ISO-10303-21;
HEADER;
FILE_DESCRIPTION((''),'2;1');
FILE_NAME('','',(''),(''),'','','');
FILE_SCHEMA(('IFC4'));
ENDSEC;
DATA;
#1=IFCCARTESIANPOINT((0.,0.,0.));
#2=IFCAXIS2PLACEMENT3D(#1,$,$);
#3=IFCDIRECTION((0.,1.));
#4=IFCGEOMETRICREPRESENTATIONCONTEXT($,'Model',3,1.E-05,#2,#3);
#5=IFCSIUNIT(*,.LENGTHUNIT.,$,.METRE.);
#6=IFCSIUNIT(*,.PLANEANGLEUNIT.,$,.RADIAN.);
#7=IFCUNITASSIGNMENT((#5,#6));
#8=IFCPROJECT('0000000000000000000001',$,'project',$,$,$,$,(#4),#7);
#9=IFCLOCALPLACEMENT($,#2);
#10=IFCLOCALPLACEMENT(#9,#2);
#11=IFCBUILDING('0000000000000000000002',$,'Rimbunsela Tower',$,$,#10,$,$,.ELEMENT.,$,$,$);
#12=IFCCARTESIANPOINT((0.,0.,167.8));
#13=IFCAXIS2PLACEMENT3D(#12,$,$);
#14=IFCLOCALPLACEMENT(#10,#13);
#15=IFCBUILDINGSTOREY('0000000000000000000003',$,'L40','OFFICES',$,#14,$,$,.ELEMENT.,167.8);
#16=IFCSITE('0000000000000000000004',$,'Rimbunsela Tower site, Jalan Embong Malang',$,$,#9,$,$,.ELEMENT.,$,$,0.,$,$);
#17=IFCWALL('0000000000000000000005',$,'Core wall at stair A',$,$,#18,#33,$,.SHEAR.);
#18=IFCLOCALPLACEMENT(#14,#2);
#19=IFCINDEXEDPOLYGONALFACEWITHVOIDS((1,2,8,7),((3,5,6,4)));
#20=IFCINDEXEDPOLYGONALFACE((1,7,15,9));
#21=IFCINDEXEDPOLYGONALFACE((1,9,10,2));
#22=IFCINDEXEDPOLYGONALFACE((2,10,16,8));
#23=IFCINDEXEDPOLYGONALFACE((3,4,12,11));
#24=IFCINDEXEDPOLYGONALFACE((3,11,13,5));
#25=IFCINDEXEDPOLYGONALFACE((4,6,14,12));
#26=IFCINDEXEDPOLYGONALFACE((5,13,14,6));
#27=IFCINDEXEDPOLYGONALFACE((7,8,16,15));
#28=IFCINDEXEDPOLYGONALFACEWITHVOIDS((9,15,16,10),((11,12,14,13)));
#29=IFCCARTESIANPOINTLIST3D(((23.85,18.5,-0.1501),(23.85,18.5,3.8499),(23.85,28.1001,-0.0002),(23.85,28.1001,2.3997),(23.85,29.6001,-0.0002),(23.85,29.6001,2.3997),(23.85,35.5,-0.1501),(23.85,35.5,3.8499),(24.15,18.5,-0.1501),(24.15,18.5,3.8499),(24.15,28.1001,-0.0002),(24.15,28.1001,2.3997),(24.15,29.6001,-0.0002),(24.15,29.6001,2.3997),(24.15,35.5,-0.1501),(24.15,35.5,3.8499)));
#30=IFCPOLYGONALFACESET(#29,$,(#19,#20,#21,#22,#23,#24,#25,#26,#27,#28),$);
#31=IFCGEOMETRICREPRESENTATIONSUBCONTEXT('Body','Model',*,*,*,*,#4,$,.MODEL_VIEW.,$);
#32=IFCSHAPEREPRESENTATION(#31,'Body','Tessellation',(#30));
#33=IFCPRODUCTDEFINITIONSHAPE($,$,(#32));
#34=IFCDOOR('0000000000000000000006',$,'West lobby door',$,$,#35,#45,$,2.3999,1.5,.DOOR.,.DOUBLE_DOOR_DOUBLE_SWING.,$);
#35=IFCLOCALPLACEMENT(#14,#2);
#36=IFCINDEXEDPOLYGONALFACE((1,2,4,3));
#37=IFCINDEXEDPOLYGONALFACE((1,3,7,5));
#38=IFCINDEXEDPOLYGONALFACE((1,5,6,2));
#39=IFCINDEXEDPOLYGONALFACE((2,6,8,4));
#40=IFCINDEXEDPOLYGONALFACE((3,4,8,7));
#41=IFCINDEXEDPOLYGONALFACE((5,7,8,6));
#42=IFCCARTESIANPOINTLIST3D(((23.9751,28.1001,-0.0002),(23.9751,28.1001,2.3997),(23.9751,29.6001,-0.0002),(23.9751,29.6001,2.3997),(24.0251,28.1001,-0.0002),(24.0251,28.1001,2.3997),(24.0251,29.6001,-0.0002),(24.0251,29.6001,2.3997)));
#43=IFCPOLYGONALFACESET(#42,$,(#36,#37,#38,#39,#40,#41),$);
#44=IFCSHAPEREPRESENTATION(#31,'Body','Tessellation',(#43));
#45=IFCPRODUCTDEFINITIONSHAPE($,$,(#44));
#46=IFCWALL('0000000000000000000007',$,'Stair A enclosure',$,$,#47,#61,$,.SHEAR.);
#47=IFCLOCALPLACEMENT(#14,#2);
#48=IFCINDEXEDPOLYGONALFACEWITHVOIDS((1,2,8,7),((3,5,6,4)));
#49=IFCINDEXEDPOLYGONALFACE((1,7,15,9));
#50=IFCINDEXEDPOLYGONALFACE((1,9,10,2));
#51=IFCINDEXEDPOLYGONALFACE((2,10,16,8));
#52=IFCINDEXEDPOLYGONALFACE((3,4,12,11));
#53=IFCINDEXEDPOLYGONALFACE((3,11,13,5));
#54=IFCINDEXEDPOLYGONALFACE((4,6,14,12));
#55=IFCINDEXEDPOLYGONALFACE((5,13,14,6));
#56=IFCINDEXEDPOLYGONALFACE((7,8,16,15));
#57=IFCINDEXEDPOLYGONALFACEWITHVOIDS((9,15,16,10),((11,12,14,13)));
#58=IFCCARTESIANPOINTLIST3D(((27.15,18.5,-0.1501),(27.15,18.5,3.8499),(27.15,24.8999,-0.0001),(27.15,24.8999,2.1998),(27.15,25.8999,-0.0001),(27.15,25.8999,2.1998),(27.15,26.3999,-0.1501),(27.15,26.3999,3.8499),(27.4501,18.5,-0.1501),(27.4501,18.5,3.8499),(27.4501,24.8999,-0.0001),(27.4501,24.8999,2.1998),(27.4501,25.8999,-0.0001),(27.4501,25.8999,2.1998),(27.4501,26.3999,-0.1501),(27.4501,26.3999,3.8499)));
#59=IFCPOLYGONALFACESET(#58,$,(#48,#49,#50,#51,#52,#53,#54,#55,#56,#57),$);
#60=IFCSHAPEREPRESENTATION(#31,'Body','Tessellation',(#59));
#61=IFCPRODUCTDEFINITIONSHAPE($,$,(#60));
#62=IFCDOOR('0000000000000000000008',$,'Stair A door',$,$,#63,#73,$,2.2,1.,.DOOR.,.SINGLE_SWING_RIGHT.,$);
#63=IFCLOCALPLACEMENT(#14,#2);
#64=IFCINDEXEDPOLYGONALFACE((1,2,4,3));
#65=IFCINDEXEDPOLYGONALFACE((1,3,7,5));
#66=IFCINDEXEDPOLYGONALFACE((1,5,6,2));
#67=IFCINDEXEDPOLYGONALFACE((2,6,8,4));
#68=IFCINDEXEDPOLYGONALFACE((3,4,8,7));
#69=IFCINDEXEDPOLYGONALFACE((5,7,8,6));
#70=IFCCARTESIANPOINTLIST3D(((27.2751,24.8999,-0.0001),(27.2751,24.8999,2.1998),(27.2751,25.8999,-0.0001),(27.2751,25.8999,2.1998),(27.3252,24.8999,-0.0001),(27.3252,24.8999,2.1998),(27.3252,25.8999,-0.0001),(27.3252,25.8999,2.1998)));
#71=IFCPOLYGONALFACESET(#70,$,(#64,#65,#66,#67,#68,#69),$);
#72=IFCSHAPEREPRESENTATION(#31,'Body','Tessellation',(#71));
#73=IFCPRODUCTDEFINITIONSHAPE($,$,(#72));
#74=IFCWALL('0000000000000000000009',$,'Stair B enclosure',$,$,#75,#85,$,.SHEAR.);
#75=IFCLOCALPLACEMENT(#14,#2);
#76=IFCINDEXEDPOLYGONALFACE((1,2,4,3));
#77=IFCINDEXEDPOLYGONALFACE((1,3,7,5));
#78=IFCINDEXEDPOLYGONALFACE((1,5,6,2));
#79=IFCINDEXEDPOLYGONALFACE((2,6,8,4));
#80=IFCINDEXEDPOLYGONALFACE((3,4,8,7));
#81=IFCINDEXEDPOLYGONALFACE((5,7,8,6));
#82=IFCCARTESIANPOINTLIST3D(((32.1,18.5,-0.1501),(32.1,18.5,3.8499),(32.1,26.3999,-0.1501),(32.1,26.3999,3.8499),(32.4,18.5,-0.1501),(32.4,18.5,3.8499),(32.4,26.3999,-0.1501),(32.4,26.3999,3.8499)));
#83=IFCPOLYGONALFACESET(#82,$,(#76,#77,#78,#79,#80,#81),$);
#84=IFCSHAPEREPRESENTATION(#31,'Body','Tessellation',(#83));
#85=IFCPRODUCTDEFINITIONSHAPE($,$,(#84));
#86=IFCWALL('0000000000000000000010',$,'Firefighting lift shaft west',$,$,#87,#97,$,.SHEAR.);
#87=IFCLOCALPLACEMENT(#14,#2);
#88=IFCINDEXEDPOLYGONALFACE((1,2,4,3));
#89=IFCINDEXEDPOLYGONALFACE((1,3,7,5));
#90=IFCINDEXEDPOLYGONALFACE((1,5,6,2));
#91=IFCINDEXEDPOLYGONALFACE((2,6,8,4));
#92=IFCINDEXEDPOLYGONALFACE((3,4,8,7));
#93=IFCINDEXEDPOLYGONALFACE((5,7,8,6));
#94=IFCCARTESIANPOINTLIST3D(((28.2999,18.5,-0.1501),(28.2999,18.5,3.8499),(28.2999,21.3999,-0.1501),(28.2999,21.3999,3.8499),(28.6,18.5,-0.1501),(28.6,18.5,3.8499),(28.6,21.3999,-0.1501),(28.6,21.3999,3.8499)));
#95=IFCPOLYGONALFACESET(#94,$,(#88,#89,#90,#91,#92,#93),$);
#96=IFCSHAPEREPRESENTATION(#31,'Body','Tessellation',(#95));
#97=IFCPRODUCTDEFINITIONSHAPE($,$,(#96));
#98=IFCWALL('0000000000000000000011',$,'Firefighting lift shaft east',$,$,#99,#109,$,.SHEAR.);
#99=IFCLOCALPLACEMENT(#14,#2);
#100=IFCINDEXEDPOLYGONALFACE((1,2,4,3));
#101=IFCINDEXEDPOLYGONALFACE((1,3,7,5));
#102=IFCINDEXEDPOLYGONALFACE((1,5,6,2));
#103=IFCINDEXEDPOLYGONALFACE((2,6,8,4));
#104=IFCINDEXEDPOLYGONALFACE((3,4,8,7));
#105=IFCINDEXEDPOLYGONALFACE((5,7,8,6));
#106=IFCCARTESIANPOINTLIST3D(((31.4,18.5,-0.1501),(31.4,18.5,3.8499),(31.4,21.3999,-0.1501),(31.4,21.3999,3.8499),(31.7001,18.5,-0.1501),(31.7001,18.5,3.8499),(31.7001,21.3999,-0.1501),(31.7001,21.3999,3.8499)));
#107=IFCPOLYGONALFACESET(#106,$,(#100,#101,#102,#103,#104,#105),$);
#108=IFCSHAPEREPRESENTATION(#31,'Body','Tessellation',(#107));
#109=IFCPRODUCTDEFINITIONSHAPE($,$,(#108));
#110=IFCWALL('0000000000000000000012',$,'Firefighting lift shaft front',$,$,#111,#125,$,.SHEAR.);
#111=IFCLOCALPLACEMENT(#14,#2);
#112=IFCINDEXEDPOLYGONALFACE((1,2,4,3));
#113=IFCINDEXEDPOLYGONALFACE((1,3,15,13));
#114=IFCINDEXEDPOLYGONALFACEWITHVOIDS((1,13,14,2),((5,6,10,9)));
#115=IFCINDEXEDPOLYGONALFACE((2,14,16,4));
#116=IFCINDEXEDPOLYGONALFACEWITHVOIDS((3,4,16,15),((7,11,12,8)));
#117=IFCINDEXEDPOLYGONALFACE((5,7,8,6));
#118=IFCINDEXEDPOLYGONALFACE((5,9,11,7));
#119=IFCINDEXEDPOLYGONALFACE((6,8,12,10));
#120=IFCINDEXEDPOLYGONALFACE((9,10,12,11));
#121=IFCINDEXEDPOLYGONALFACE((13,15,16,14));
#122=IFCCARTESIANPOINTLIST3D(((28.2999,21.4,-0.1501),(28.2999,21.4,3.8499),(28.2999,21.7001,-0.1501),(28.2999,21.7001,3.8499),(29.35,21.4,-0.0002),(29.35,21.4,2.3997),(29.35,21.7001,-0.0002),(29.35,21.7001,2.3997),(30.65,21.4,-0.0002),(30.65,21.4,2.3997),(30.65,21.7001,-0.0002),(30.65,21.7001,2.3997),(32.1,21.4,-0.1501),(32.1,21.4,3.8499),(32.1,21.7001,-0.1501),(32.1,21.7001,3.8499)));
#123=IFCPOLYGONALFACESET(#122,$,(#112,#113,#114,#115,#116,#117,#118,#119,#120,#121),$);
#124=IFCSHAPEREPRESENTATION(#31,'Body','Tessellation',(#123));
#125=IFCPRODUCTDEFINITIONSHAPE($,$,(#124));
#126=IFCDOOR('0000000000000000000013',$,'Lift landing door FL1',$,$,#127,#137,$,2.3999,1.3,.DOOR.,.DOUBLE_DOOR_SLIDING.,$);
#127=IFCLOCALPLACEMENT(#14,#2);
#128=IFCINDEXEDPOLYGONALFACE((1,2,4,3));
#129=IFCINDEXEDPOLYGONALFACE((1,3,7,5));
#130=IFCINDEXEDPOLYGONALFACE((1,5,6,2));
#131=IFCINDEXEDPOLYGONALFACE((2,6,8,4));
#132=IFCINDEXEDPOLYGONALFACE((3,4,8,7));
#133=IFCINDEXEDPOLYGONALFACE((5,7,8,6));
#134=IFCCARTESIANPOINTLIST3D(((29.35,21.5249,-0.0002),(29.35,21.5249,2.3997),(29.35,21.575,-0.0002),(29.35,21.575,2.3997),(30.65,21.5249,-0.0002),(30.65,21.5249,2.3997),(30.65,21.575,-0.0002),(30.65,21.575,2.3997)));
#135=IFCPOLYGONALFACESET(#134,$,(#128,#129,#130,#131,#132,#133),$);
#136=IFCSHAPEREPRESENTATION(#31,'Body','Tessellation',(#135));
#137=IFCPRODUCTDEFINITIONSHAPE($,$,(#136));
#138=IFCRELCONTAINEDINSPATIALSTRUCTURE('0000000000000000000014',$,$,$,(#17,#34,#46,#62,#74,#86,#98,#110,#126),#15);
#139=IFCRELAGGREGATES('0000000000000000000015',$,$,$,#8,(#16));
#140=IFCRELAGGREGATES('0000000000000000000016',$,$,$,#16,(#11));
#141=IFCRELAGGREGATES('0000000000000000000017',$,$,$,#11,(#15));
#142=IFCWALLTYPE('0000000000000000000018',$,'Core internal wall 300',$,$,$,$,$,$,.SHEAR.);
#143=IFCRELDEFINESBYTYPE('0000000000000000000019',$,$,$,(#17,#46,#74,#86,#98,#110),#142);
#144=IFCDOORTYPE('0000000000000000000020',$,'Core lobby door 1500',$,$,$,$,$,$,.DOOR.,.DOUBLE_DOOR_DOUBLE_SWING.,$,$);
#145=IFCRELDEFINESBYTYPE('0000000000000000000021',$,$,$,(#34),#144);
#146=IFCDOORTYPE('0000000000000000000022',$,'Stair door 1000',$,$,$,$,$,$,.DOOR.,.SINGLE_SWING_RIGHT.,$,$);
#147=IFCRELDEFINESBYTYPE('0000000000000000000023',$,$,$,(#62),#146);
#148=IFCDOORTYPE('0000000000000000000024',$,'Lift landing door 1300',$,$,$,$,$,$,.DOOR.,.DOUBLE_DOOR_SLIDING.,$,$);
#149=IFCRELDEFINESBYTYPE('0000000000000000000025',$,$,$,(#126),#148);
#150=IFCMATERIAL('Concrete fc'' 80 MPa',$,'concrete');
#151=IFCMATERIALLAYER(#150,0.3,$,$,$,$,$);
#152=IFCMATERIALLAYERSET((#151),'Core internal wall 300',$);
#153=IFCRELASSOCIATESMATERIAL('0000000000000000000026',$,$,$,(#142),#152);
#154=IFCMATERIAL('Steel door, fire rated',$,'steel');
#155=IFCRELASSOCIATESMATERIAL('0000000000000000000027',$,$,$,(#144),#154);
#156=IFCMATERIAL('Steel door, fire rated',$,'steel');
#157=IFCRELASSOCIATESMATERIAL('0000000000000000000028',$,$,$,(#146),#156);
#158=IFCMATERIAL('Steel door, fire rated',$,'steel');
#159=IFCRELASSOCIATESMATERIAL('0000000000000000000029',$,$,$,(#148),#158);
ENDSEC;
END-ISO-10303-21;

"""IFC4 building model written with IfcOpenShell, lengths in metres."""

from ifc_helpers import new_model, si_unit, direction, frame, frame_2d, origin, place, context, subcontext, project, spatial, rectangle, extrude, material, layer, layer_set, type_object, element, fill, save


model = new_model("IFC4")

# Units and contexts
model_context = context("Model", 3, precision=1e-05, world=origin(), true_north=direction((0.0, 1.0)))
body_context = subcontext(model_context, "Body", "Model", "MODEL_VIEW")
ifc_project = project(units=[si_unit("LENGTHUNIT", "METRE"), si_unit("PLANEANGLEUNIT", "RADIAN")], contexts=[model_context])

# Site, building, storey
site_placement = place(None, origin())
site = spatial("IfcSite", under=ifc_project, at=site_placement, Name="Rimbunsela Tower site, Jalan Embong Malang", CompositionType="ELEMENT", RefElevation=0.0)
building_placement = place(site_placement, origin())
building = spatial("IfcBuilding", under=site, at=building_placement, Name="Rimbunsela Tower", CompositionType="ELEMENT")
storey_placement = place(building_placement, frame((0.0, 0.0, 167.8)))
storey = spatial("IfcBuildingStorey", under=building, at=storey_placement, Name="L40", Description="OFFICES", CompositionType="ELEMENT", Elevation=167.8)

# Walls, openings, doors
ifc_material_1 = material(Name="Concrete fc' 80 MPa", Category="concrete")
ifc_layer_1 = layer(ifc_material_1, 0.3)
ifc_layer_set_1 = layer_set([ifc_layer_1], Name="Core internal wall 300")
wall_type_1 = type_object("IfcWallType", Name="Core internal wall 300", PredefinedType="SHEAR", material=ifc_layer_set_1)
wall_1_placement = place(storey_placement, frame((24.0, 18.5, -0.1501), z_axis=(0.0, 0.0, 1.0), x_axis=(0.0, 1.0, 0.0)))
wall_1 = element("IfcWall", 1, at=wall_1_placement, inside=storey, type_object=wall_type_1, Name="Core wall at stair A", PredefinedType="SHEAR", context=body_context, shape_type="SweptSolid", body=[
    extrude(rectangle(XDim=17.0, YDim=0.3, at=frame_2d((8.5, 0.0))), origin(), (0.0, 0.0, 1.0), 4.0),
])
opening_1_placement = place(wall_1_placement, frame((9.6001, 0.0, 0.1499)))
opening_1 = element("IfcOpeningElement", 2, at=opening_1_placement, cuts=wall_1, PredefinedType="OPENING", context=body_context, shape_type="SweptSolid", body=[
    extrude(rectangle(XDim=1.5, YDim=2.3999, at=frame_2d((0.75, 1.2))), frame((0.0, 0.1599, 0.0), z_axis=(0.0, -1.0, 0.0), x_axis=(1.0, 0.0, 0.0)), (0.0, 0.0, 1.0), 0.3201),
])
ifc_material_2 = material(Name="Steel door, fire rated", Category="steel")
door_type_1 = type_object("IfcDoorType", Name="Core lobby door 1500", OperationType="DOUBLE_DOOR_DOUBLE_SWING", PredefinedType="DOOR", material=ifc_material_2)
door_1_placement = place(opening_1_placement, origin())
door_1 = element("IfcDoor", 3, at=door_1_placement, inside=storey, type_object=door_type_1, Name="West lobby door", OperationType="DOUBLE_DOOR_DOUBLE_SWING", OverallHeight=2.3999, OverallWidth=1.5, PredefinedType="DOOR", context=body_context, shape_type="SweptSolid", body=[
    extrude(rectangle(XDim=1.5, YDim=2.3999, at=frame_2d((0.75, 1.2))), frame((0.0, 0.0249, 0.0), z_axis=(0.0, -1.0, 0.0), x_axis=(1.0, 0.0, 0.0)), (0.0, 0.0, 1.0), 0.05),
])
fill(opening_1, door_1)
wall_2_placement = place(storey_placement, frame((27.3, 18.5, -0.1501), z_axis=(0.0, 0.0, 1.0), x_axis=(0.0, 1.0, 0.0)))
wall_2 = element("IfcWall", 4, at=wall_2_placement, inside=storey, type_object=wall_type_1, Name="Stair A enclosure", PredefinedType="SHEAR", context=body_context, shape_type="SweptSolid", body=[
    extrude(rectangle(XDim=7.8999, YDim=0.3, at=frame_2d((3.95, 0.0))), origin(), (0.0, 0.0, 1.0), 4.0),
])
opening_2_placement = place(wall_2_placement, frame((6.3999, 0.0, 0.1499)))
opening_2 = element("IfcOpeningElement", 5, at=opening_2_placement, cuts=wall_2, PredefinedType="OPENING", context=body_context, shape_type="SweptSolid", body=[
    extrude(rectangle(XDim=1.0, YDim=2.2, at=frame_2d((0.5, 1.1001))), frame((0.0, 0.1599, 0.0), z_axis=(0.0, -1.0, 0.0), x_axis=(1.0, 0.0, 0.0)), (0.0, 0.0, 1.0), 0.3201),
])
ifc_material_3 = material(Name="Steel door, fire rated", Category="steel")
door_type_2 = type_object("IfcDoorType", Name="Stair door 1000", OperationType="SINGLE_SWING_RIGHT", PredefinedType="DOOR", material=ifc_material_3)
door_2_placement = place(opening_2_placement, origin())
door_2 = element("IfcDoor", 6, at=door_2_placement, inside=storey, type_object=door_type_2, Name="Stair A door", OperationType="SINGLE_SWING_RIGHT", OverallHeight=2.2, OverallWidth=1.0, PredefinedType="DOOR", context=body_context, shape_type="SweptSolid", body=[
    extrude(rectangle(XDim=1.0, YDim=2.2, at=frame_2d((0.5, 1.1001))), frame((0.0, 0.0249, 0.0), z_axis=(0.0, -1.0, 0.0), x_axis=(1.0, 0.0, 0.0)), (0.0, 0.0, 1.0), 0.05),
])
fill(opening_2, door_2)

# Walls
wall_3_placement = place(storey_placement, frame((32.25, 18.5, -0.1501), z_axis=(0.0, 0.0, 1.0), x_axis=(0.0, 1.0, 0.0)))
element("IfcWall", 7, at=wall_3_placement, inside=storey, type_object=wall_type_1, Name="Stair B enclosure", PredefinedType="SHEAR", context=body_context, shape_type="SweptSolid", body=[
    extrude(rectangle(XDim=7.8999, YDim=0.3, at=frame_2d((3.95, 0.0))), origin(), (0.0, 0.0, 1.0), 4.0),
])
for number, where, z_axis, x_axis, name in (
    (8, (28.45, 18.5, -0.1501), (0.0, 0.0, 1.0), (0.0, 1.0, 0.0), "Firefighting lift shaft west"),
    (9, (31.55, 18.5, -0.1501), (0.0, 0.0, 1.0), (0.0, 1.0, 0.0), "Firefighting lift shaft east"),
):
    element("IfcWall", number, at=place(storey_placement, frame(where, z_axis=z_axis, x_axis=x_axis)), inside=storey, type_object=wall_type_1, Name=name, PredefinedType="SHEAR", context=body_context, shape_type="SweptSolid", body=[
        extrude(rectangle(XDim=2.8999, YDim=0.3, at=frame_2d((1.45, 0.0))), origin(), (0.0, 0.0, 1.0), 4.0),
    ])

# Wall, opening, door
wall_4_placement = place(storey_placement, frame((28.3, 21.55, -0.1501), z_axis=(0.0, 0.0, 1.0), x_axis=(1.0, 0.0, 0.0)))
wall_4 = element("IfcWall", 10, at=wall_4_placement, inside=storey, type_object=wall_type_1, Name="Firefighting lift shaft front", PredefinedType="SHEAR", context=body_context, shape_type="SweptSolid", body=[
    extrude(rectangle(XDim=3.8, YDim=0.3, at=frame_2d((1.8999, 0.0))), origin(), (0.0, 0.0, 1.0), 4.0),
])
opening_3_placement = place(wall_4_placement, frame((1.05, 0.0, 0.1499)))
opening_3 = element("IfcOpeningElement", 11, at=opening_3_placement, cuts=wall_4, PredefinedType="OPENING", context=body_context, shape_type="SweptSolid", body=[
    extrude(rectangle(XDim=1.3, YDim=2.3999, at=frame_2d((0.6499, 1.2))), frame((0.0, 0.1599, 0.0), z_axis=(0.0, -1.0, 0.0), x_axis=(1.0, 0.0, 0.0)), (0.0, 0.0, 1.0), 0.3201),
])
ifc_material_4 = material(Name="Steel door, fire rated", Category="steel")
door_type_3 = type_object("IfcDoorType", Name="Lift landing door 1300", OperationType="DOUBLE_DOOR_SLIDING", PredefinedType="DOOR", material=ifc_material_4)
door_3_placement = place(opening_3_placement, origin())
door_3 = element("IfcDoor", 12, at=door_3_placement, inside=storey, type_object=door_type_3, Name="Lift landing door FL1", OperationType="DOUBLE_DOOR_SLIDING", OverallHeight=2.3999, OverallWidth=1.3, PredefinedType="DOOR", context=body_context, shape_type="SweptSolid", body=[
    extrude(rectangle(XDim=1.3, YDim=2.3999, at=frame_2d((0.6499, 1.2))), frame((0.0, 0.0249, 0.0), z_axis=(0.0, -1.0, 0.0), x_axis=(1.0, 0.0, 0.0)), (0.0, 0.0, 1.0), 0.05),
])
fill(opening_3, door_3)

save(model, "model.ifc")
